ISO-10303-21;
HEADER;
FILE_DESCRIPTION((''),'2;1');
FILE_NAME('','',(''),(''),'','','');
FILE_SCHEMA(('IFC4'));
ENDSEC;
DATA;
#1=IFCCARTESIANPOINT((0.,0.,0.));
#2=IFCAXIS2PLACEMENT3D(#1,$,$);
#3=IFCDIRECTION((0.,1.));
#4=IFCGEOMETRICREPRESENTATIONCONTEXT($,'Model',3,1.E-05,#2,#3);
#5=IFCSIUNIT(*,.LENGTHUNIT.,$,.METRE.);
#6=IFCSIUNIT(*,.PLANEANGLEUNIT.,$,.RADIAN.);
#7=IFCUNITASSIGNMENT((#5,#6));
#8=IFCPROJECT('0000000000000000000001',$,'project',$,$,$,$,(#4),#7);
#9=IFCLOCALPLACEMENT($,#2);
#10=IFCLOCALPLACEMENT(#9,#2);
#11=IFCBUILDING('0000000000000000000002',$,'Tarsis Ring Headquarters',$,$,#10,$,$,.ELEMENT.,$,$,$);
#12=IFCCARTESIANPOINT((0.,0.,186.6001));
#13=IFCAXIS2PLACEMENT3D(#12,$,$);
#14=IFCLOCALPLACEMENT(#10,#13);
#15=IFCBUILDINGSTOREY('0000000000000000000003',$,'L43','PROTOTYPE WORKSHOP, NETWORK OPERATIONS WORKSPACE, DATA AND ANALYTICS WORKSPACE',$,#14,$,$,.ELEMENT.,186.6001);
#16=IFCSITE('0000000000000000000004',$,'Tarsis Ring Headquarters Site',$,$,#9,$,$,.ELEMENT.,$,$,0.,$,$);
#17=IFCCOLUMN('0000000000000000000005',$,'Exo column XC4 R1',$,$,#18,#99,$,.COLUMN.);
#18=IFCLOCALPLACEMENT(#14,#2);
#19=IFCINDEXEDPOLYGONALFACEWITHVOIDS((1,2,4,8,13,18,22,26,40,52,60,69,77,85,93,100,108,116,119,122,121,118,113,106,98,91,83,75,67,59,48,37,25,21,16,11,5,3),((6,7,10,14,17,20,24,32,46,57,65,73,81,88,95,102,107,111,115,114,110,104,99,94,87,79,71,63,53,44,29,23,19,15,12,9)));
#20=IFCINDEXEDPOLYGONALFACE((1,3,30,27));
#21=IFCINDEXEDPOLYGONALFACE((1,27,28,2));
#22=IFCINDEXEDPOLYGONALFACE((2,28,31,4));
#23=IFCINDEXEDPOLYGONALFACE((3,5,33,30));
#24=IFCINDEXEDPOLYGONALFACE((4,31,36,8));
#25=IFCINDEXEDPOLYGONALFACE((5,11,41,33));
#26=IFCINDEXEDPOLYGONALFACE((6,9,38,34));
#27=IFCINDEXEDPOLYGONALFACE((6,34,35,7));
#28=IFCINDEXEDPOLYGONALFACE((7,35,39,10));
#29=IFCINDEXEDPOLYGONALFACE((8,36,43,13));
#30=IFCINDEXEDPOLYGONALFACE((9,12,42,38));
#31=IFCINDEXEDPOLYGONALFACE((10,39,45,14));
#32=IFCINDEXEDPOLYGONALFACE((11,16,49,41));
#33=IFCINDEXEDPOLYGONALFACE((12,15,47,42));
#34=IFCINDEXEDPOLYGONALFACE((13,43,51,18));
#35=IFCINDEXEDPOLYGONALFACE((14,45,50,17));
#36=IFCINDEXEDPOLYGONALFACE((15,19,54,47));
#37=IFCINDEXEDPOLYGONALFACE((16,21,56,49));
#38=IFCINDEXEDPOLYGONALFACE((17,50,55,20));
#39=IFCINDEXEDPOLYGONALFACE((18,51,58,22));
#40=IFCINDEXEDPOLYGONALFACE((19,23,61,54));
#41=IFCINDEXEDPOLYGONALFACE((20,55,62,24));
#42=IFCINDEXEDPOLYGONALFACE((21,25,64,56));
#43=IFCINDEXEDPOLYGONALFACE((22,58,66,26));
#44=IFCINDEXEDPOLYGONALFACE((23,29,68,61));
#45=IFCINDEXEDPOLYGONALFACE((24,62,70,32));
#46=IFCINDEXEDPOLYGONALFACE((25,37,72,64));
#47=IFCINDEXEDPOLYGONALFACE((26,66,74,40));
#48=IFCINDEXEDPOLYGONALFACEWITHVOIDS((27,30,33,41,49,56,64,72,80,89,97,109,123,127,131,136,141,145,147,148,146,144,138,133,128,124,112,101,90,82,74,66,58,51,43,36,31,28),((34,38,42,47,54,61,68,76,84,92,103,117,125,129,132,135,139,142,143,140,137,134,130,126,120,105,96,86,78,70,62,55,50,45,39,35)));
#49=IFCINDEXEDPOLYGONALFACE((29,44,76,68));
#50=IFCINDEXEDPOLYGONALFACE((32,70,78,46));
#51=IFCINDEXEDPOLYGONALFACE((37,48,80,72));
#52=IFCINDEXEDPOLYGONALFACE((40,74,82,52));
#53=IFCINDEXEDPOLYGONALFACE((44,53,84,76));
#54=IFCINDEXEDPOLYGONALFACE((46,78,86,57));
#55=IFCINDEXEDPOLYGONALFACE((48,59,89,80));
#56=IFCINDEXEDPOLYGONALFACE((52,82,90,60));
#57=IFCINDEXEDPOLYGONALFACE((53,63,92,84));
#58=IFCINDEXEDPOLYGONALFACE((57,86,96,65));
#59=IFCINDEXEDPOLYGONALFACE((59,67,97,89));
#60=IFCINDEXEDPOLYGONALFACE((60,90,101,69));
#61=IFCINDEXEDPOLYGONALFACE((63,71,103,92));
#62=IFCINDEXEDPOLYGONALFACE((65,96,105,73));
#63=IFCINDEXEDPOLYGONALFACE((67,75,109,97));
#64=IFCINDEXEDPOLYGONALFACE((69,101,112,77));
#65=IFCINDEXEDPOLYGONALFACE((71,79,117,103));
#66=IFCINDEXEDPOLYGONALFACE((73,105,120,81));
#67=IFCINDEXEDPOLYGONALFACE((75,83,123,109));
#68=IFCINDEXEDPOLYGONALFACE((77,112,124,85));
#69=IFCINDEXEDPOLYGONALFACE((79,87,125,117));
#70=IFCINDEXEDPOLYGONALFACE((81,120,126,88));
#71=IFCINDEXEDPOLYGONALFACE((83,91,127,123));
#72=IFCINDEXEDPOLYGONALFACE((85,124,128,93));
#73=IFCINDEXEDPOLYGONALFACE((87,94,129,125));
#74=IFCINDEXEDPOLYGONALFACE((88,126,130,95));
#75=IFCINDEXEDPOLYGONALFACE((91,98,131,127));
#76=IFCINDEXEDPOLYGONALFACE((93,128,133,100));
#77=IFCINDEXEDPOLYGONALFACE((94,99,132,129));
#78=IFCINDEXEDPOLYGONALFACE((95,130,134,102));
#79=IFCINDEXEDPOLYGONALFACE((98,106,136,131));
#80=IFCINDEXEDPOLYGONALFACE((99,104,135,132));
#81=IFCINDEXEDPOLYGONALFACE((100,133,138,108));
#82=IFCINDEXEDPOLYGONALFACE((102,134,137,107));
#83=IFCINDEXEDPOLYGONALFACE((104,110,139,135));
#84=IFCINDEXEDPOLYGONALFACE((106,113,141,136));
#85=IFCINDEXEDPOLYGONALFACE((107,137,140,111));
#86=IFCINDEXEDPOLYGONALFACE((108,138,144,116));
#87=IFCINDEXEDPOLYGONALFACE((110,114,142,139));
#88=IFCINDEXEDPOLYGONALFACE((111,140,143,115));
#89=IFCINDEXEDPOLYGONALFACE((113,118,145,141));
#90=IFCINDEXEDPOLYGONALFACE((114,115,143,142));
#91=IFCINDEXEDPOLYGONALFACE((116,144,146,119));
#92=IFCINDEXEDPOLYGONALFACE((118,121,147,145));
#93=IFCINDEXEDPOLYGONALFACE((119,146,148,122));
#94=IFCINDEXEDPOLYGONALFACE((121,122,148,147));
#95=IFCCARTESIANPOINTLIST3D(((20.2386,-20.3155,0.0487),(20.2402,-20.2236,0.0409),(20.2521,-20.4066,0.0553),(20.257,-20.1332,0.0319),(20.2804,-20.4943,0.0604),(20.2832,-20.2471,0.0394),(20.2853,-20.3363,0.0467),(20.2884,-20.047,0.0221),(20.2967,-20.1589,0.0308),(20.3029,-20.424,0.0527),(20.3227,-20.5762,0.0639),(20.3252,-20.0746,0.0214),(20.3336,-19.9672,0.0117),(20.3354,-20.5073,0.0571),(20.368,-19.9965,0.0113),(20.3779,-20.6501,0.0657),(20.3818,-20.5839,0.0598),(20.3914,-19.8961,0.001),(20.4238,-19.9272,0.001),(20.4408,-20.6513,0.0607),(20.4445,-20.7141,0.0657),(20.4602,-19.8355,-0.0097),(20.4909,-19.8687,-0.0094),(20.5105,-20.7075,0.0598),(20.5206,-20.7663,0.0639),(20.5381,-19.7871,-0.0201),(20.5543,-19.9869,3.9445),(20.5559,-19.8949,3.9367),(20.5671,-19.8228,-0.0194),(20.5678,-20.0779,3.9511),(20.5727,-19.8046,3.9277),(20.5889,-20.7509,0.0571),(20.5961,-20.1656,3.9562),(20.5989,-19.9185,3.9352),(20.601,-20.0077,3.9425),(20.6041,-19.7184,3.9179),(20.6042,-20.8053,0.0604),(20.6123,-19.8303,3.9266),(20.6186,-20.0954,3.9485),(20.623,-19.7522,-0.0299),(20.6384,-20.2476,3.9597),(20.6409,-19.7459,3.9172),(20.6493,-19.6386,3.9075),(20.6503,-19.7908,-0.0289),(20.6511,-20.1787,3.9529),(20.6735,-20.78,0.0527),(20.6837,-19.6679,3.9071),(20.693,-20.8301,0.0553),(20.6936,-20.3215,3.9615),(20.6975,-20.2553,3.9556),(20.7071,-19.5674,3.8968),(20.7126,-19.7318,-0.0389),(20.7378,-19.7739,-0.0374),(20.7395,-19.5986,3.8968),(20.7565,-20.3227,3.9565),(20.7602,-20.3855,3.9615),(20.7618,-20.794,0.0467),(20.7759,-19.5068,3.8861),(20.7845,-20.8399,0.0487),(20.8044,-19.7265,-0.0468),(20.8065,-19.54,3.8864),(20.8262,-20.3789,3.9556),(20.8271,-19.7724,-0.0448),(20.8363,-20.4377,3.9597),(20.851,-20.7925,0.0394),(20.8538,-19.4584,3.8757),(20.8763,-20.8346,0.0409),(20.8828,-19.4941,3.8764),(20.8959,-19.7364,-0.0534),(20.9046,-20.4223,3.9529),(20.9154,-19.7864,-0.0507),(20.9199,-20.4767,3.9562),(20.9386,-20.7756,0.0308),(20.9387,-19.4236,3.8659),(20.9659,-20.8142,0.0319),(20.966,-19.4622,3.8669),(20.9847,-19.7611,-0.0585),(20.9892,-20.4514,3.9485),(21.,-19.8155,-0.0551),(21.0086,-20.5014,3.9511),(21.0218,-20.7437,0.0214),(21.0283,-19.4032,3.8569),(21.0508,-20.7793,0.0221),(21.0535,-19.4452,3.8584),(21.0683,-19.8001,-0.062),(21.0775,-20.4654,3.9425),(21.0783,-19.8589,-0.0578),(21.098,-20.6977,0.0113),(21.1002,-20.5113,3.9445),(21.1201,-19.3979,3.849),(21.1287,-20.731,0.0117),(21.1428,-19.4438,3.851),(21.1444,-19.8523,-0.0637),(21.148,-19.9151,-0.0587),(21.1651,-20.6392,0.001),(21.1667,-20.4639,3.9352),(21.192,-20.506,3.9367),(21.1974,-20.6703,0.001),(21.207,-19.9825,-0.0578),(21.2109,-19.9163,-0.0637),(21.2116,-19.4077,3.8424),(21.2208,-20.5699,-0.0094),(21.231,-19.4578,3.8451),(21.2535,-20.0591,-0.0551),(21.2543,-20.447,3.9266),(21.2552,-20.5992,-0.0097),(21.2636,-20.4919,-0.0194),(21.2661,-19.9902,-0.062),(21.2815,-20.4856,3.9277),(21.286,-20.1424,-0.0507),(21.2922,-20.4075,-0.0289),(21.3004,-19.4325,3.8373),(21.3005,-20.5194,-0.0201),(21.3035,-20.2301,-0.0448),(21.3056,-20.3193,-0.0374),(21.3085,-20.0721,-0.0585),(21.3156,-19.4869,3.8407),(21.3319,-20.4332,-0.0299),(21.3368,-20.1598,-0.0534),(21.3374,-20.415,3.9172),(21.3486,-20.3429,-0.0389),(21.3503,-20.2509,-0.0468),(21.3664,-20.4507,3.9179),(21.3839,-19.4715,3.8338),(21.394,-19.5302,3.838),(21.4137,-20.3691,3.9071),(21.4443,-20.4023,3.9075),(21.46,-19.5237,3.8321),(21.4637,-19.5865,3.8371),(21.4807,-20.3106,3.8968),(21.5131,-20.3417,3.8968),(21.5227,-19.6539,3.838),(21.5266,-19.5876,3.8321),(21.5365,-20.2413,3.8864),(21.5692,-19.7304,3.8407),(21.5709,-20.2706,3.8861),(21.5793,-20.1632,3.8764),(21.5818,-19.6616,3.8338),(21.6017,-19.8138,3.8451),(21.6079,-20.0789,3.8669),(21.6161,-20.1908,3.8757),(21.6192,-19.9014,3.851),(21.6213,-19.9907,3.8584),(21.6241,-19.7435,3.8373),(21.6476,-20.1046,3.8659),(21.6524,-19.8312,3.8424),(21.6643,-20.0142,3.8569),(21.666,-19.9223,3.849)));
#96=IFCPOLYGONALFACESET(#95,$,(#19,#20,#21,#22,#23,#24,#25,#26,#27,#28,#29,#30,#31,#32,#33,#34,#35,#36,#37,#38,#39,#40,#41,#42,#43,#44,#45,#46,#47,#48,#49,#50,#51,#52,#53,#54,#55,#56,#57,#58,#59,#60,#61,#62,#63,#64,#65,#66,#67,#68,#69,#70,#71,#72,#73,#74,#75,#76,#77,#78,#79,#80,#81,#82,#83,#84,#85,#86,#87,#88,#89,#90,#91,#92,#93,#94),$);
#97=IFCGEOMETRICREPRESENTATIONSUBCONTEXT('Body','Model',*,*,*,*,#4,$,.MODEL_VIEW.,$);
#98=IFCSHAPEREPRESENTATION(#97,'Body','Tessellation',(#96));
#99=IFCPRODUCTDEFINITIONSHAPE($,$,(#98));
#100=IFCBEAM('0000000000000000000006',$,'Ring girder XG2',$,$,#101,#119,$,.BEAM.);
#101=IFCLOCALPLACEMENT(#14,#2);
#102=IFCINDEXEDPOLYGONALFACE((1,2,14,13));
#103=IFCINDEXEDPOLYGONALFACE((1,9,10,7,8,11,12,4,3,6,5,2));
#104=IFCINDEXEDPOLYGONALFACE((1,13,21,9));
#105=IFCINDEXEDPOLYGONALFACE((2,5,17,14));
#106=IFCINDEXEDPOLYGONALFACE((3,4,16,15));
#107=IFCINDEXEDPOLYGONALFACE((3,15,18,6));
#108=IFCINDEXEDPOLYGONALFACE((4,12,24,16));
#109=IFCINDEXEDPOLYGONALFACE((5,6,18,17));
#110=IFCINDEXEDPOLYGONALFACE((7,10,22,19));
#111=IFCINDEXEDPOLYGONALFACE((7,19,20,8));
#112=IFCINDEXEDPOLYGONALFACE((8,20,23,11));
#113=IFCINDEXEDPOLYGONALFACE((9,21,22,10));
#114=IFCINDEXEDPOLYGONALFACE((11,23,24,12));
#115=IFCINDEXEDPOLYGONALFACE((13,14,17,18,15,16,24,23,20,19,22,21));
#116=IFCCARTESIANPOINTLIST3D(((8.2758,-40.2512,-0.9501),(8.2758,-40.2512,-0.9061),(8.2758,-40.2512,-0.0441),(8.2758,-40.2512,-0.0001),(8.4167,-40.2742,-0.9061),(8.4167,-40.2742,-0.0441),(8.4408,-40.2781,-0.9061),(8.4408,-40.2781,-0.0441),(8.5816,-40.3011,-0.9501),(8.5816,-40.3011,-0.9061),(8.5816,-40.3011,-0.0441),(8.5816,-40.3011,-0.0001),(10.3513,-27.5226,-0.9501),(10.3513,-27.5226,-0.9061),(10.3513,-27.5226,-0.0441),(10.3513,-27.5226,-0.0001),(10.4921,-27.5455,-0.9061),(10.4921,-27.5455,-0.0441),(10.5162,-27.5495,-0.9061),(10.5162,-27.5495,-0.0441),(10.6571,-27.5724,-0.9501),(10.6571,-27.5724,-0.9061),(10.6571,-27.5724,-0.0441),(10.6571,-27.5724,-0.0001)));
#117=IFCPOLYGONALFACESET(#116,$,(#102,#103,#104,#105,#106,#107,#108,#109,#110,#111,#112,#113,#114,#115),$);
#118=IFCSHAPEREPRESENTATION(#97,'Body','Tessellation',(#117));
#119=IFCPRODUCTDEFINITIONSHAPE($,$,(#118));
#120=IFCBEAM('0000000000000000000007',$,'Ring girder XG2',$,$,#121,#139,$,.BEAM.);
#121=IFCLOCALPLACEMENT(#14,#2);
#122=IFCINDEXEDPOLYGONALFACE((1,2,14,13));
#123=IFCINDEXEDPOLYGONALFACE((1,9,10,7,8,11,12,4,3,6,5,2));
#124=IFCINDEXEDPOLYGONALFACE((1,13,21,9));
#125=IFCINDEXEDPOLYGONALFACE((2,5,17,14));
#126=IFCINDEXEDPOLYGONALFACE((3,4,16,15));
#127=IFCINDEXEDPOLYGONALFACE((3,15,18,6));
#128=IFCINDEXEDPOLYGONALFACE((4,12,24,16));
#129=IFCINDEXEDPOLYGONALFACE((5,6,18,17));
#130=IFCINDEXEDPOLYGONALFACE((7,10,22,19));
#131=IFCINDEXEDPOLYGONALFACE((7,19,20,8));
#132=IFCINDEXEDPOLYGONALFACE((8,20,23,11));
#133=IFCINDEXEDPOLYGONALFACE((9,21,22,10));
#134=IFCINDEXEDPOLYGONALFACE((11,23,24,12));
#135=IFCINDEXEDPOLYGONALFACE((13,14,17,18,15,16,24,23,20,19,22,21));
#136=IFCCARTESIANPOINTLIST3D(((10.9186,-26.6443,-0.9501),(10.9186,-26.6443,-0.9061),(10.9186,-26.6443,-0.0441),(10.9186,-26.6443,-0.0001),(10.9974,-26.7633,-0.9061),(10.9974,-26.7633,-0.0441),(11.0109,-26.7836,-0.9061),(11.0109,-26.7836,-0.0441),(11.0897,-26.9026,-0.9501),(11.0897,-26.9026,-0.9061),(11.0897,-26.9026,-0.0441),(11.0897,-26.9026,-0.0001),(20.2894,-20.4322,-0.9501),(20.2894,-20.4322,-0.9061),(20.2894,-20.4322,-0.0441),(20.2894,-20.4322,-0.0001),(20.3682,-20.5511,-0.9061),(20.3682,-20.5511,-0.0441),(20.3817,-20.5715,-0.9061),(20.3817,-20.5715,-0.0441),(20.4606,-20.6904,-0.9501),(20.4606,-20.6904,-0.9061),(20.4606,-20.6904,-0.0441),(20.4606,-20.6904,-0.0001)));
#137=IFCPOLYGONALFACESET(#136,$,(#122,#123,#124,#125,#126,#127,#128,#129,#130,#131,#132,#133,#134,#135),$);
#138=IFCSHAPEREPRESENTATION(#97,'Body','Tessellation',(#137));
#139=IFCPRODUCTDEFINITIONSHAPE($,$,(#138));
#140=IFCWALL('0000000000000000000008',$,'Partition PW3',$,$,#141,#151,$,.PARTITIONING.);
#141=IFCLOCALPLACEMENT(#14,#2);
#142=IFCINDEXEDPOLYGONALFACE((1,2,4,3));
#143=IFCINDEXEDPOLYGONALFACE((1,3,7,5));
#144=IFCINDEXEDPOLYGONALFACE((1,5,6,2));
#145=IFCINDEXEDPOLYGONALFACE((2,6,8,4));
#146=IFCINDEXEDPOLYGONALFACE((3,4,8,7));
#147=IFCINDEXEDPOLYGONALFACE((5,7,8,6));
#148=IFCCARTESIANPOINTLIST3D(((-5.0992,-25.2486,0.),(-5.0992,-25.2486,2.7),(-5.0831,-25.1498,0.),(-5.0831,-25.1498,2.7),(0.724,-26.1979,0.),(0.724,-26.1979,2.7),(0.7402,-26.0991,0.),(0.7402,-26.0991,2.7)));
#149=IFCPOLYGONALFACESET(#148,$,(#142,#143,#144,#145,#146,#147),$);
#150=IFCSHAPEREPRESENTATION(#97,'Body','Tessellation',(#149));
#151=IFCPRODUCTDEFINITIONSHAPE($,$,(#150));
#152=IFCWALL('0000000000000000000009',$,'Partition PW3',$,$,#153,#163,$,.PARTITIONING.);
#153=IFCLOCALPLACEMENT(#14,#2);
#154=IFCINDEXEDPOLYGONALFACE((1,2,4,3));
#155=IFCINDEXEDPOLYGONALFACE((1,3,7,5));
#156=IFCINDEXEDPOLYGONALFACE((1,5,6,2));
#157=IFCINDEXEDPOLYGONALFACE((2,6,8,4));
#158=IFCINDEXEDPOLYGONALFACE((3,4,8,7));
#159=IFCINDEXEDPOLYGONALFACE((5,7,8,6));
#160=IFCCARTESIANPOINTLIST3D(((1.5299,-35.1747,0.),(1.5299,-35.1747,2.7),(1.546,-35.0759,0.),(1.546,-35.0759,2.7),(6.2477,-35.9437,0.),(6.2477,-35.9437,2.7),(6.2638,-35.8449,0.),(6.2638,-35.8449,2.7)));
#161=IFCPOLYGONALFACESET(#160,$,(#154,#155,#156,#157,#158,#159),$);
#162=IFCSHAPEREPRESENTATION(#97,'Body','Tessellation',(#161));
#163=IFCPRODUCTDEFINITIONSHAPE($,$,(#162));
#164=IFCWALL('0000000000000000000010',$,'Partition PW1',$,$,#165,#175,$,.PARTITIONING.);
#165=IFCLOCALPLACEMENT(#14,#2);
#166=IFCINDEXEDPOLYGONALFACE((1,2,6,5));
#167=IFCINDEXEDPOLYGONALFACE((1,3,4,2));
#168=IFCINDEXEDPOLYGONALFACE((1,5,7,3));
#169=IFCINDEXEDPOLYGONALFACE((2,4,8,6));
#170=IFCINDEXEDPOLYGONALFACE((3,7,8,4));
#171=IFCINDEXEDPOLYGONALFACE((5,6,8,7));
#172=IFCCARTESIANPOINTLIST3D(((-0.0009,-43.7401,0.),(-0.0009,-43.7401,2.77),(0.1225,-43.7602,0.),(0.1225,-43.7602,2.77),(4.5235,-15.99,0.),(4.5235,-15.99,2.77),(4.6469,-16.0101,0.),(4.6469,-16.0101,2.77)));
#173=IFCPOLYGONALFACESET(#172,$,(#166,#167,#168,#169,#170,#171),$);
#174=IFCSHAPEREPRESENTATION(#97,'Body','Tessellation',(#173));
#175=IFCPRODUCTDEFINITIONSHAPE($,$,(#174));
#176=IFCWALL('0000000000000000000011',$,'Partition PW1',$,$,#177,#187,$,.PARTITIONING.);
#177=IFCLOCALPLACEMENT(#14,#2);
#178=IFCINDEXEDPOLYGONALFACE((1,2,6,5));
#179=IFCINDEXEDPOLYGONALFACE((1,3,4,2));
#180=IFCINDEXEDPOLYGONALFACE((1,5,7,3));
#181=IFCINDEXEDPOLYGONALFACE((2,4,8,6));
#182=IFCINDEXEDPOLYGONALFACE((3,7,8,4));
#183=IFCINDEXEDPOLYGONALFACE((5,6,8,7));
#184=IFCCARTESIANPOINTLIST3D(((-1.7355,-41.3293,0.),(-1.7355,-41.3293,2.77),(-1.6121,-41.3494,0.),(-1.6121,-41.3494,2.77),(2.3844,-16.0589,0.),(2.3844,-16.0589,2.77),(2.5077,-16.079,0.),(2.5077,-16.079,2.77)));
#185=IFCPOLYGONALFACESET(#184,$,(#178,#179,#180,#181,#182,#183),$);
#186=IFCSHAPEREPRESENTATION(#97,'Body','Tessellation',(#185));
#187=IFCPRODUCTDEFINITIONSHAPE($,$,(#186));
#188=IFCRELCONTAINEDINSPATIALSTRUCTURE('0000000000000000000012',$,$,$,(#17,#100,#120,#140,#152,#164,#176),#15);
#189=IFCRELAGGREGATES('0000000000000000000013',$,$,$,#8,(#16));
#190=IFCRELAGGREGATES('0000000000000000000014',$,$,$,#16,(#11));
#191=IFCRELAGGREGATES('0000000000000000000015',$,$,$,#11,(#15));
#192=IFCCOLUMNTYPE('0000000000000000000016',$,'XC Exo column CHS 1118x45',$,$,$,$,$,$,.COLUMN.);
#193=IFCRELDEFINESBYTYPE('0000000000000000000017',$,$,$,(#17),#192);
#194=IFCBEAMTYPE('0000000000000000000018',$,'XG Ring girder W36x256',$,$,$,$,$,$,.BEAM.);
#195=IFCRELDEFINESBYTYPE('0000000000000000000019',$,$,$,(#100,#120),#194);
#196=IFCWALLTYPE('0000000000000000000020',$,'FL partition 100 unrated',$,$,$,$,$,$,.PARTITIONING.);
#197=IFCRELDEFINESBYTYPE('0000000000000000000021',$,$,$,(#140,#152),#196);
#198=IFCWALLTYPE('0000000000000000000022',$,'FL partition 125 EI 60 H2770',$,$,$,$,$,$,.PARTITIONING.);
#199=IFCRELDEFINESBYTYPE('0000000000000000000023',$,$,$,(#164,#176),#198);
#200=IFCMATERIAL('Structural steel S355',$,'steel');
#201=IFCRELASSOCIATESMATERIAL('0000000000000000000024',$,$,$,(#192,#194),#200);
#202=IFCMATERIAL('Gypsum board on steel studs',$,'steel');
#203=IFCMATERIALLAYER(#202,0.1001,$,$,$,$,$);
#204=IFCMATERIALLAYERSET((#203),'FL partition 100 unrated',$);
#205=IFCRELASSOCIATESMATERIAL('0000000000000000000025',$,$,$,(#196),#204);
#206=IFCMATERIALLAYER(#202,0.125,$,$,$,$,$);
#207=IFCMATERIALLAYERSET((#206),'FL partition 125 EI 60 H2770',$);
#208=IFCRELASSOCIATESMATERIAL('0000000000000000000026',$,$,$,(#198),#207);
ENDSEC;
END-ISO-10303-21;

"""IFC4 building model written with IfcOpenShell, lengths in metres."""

from ifc_helpers import new_model, si_unit, direction, frame, frame_2d, origin, origin_2d, place, context, subcontext, project, spatial, rectangle, hollow_circle, i_section, extrude, material, layer, layer_set, material_profile, profile_set, type_object, element, save


model = new_model("IFC4")

# Units and contexts
model_context = context("Model", 3, precision=1e-05, world=origin(), true_north=direction((0.0, 1.0)))
body_context = subcontext(model_context, "Body", "Model", "MODEL_VIEW")
ifc_project = project(units=[si_unit("LENGTHUNIT", "METRE"), si_unit("PLANEANGLEUNIT", "RADIAN")], contexts=[model_context])

# Site, building, storey
site_placement = place(None, origin())
site = spatial("IfcSite", under=ifc_project, at=site_placement, Name="Tarsis Ring Headquarters Site", CompositionType="ELEMENT", RefElevation=0.0)
building_placement = place(site_placement, origin())
building = spatial("IfcBuilding", under=site, at=building_placement, Name="Tarsis Ring Headquarters", CompositionType="ELEMENT")
storey_placement = place(building_placement, frame((0.0, 0.0, 186.6001)))
storey = spatial("IfcBuildingStorey", under=building, at=storey_placement, Name="L43", Description="PROTOTYPE WORKSHOP, NETWORK OPERATIONS WORKSPACE, DATA AND ANALYTICS WORKSPACE", CompositionType="ELEMENT", Elevation=186.6001)

# Column
ifc_material_1 = material(Name="Structural steel S355", Category="steel")
ifc_material_profile_1 = material_profile(ifc_material_1, hollow_circle(Radius=0.5588, WallThickness=0.0449, at=origin_2d()), Name="CHS 1118x45")
ifc_profile_set_1 = profile_set([ifc_material_profile_1], Name="Structural steel S355")
column_type = type_object("IfcColumnType", Name="XC Exo column CHS 1118x45", PredefinedType="COLUMN", material=ifc_profile_set_1)
for number, where, z_axis, x_axis, name in (
    (1, (20.7944, -20.2832, 0.001), (0.080482, 0.083781, 0.993229), (-0.721162, 0.692766, 0.0), "Exo column XC4 R1"),
):
    element("IfcColumn", number, at=place(storey_placement, frame(where, z_axis=z_axis, x_axis=x_axis)), inside=storey, type_object=column_type, Name=name, PredefinedType="COLUMN", context=body_context, shape_type="SweptSolid", body=[
        extrude(hollow_circle(Radius=0.5588, WallThickness=0.0449, at=origin_2d()), origin(), (0.0, 0.0, 1.0), 3.9224),
    ])

# Beams
ifc_material_profile_2 = material_profile(ifc_material_1, i_section(OverallWidth=0.3098, OverallDepth=0.95, WebThickness=0.0244, FlangeThickness=0.0439, at=origin_2d()), Name="W36x256")
ifc_profile_set_2 = profile_set([ifc_material_profile_2], Name="Structural steel S355")
beam_type = type_object("IfcBeamType", Name="XG Ring girder W36x256", PredefinedType="BEAM", material=ifc_profile_set_2)
beam_1_placement = place(storey_placement, frame((8.4287, -40.2761, -0.4751), z_axis=(0.160929, 0.986966, 0.0), x_axis=(-0.986966, 0.160929, 0.0)))
element("IfcBeam", 2, at=beam_1_placement, inside=storey, type_object=beam_type, Name="Ring girder XG2", PredefinedType="BEAM", context=body_context, shape_type="SweptSolid", body=[
    extrude(i_section(OverallWidth=0.3098, OverallDepth=0.95, WebThickness=0.0244, FlangeThickness=0.0439, at=origin_2d()), origin(), (0.0, 0.0, 1.0), 12.8967),
])
beam_2_placement = place(storey_placement, frame((11.0042, -26.7734, -0.4751), z_axis=(0.833487, 0.552539, 0.0), x_axis=(-0.552539, 0.833487, 0.0)))
element("IfcBeam", 3, at=beam_2_placement, inside=storey, type_object=beam_type, Name="Ring girder XG2", PredefinedType="BEAM", context=body_context, shape_type="SweptSolid", body=[
    extrude(i_section(OverallWidth=0.3098, OverallDepth=0.95, WebThickness=0.0244, FlangeThickness=0.0439, at=origin_2d()), origin(), (0.0, 0.0, 1.0), 11.2429),
])

# Walls
ifc_material_2 = material(Name="Gypsum board on steel studs", Category="steel")
ifc_layer_1 = layer(ifc_material_2, 0.1001)
ifc_layer_set_1 = layer_set([ifc_layer_1], Name="FL partition 100 unrated")
wall_type_1 = type_object("IfcWallType", Name="FL partition 100 unrated", PredefinedType="PARTITIONING", material=ifc_layer_set_1)
wall_1_placement = place(storey_placement, frame((-5.0913, -25.1992, 0.0), z_axis=(0.0, 0.0, 1.0), x_axis=(0.986974, -0.160882, 0.0)))
element("IfcWall", 4, at=wall_1_placement, inside=storey, type_object=wall_type_1, Name="Partition PW3", PredefinedType="PARTITIONING", context=body_context, shape_type="SweptSolid", body=[
    extrude(rectangle(XDim=5.9001, YDim=0.1001, at=frame_2d((2.9502, 0.0))), origin(), (0.0, 0.0, 1.0), 2.7),
])
wall_2_placement = place(storey_placement, frame((1.5378, -35.1252, 0.0), z_axis=(0.0, 0.0, 1.0), x_axis=(0.986973, -0.160886, 0.0)))
element("IfcWall", 5, at=wall_2_placement, inside=storey, type_object=wall_type_1, Name="Partition PW3", PredefinedType="PARTITIONING", context=body_context, shape_type="SweptSolid", body=[
    extrude(rectangle(XDim=4.78, YDim=0.1001, at=frame_2d((2.3901, 0.0))), origin(), (0.0, 0.0, 1.0), 2.7),
])
ifc_layer_2 = layer(ifc_material_2, 0.125)
ifc_layer_set_2 = layer_set([ifc_layer_2], Name="FL partition 125 EI 60 H2770")
wall_type_2 = type_object("IfcWallType", Name="FL partition 125 EI 60 H2770", PredefinedType="PARTITIONING", material=ifc_layer_set_2)
wall_3_placement = place(storey_placement, frame((0.0608, -43.75, 0.0), z_axis=(0.0, 0.0, 1.0), x_axis=(0.160917, 0.986968, 0.0)))
element("IfcWall", 6, at=wall_3_placement, inside=storey, type_object=wall_type_2, Name="Partition PW1", PredefinedType="PARTITIONING", context=body_context, shape_type="SweptSolid", body=[
    extrude(rectangle(XDim=28.1165, YDim=0.125, at=frame_2d((14.0581, 0.0))), origin(), (0.0, 0.0, 1.0), 2.77),
])
wall_4_placement = place(storey_placement, frame((-1.6738, -41.3394, 0.0), z_axis=(0.0, 0.0, 1.0), x_axis=(0.160908, 0.986969, 0.0)))
element("IfcWall", 7, at=wall_4_placement, inside=storey, type_object=wall_type_2, Name="Partition PW1", PredefinedType="PARTITIONING", context=body_context, shape_type="SweptSolid", body=[
    extrude(rectangle(XDim=25.604, YDim=0.125, at=frame_2d((12.802, 0.0))), origin(), (0.0, 0.0, 1.0), 2.77),
])

save(model, "model.ifc")
